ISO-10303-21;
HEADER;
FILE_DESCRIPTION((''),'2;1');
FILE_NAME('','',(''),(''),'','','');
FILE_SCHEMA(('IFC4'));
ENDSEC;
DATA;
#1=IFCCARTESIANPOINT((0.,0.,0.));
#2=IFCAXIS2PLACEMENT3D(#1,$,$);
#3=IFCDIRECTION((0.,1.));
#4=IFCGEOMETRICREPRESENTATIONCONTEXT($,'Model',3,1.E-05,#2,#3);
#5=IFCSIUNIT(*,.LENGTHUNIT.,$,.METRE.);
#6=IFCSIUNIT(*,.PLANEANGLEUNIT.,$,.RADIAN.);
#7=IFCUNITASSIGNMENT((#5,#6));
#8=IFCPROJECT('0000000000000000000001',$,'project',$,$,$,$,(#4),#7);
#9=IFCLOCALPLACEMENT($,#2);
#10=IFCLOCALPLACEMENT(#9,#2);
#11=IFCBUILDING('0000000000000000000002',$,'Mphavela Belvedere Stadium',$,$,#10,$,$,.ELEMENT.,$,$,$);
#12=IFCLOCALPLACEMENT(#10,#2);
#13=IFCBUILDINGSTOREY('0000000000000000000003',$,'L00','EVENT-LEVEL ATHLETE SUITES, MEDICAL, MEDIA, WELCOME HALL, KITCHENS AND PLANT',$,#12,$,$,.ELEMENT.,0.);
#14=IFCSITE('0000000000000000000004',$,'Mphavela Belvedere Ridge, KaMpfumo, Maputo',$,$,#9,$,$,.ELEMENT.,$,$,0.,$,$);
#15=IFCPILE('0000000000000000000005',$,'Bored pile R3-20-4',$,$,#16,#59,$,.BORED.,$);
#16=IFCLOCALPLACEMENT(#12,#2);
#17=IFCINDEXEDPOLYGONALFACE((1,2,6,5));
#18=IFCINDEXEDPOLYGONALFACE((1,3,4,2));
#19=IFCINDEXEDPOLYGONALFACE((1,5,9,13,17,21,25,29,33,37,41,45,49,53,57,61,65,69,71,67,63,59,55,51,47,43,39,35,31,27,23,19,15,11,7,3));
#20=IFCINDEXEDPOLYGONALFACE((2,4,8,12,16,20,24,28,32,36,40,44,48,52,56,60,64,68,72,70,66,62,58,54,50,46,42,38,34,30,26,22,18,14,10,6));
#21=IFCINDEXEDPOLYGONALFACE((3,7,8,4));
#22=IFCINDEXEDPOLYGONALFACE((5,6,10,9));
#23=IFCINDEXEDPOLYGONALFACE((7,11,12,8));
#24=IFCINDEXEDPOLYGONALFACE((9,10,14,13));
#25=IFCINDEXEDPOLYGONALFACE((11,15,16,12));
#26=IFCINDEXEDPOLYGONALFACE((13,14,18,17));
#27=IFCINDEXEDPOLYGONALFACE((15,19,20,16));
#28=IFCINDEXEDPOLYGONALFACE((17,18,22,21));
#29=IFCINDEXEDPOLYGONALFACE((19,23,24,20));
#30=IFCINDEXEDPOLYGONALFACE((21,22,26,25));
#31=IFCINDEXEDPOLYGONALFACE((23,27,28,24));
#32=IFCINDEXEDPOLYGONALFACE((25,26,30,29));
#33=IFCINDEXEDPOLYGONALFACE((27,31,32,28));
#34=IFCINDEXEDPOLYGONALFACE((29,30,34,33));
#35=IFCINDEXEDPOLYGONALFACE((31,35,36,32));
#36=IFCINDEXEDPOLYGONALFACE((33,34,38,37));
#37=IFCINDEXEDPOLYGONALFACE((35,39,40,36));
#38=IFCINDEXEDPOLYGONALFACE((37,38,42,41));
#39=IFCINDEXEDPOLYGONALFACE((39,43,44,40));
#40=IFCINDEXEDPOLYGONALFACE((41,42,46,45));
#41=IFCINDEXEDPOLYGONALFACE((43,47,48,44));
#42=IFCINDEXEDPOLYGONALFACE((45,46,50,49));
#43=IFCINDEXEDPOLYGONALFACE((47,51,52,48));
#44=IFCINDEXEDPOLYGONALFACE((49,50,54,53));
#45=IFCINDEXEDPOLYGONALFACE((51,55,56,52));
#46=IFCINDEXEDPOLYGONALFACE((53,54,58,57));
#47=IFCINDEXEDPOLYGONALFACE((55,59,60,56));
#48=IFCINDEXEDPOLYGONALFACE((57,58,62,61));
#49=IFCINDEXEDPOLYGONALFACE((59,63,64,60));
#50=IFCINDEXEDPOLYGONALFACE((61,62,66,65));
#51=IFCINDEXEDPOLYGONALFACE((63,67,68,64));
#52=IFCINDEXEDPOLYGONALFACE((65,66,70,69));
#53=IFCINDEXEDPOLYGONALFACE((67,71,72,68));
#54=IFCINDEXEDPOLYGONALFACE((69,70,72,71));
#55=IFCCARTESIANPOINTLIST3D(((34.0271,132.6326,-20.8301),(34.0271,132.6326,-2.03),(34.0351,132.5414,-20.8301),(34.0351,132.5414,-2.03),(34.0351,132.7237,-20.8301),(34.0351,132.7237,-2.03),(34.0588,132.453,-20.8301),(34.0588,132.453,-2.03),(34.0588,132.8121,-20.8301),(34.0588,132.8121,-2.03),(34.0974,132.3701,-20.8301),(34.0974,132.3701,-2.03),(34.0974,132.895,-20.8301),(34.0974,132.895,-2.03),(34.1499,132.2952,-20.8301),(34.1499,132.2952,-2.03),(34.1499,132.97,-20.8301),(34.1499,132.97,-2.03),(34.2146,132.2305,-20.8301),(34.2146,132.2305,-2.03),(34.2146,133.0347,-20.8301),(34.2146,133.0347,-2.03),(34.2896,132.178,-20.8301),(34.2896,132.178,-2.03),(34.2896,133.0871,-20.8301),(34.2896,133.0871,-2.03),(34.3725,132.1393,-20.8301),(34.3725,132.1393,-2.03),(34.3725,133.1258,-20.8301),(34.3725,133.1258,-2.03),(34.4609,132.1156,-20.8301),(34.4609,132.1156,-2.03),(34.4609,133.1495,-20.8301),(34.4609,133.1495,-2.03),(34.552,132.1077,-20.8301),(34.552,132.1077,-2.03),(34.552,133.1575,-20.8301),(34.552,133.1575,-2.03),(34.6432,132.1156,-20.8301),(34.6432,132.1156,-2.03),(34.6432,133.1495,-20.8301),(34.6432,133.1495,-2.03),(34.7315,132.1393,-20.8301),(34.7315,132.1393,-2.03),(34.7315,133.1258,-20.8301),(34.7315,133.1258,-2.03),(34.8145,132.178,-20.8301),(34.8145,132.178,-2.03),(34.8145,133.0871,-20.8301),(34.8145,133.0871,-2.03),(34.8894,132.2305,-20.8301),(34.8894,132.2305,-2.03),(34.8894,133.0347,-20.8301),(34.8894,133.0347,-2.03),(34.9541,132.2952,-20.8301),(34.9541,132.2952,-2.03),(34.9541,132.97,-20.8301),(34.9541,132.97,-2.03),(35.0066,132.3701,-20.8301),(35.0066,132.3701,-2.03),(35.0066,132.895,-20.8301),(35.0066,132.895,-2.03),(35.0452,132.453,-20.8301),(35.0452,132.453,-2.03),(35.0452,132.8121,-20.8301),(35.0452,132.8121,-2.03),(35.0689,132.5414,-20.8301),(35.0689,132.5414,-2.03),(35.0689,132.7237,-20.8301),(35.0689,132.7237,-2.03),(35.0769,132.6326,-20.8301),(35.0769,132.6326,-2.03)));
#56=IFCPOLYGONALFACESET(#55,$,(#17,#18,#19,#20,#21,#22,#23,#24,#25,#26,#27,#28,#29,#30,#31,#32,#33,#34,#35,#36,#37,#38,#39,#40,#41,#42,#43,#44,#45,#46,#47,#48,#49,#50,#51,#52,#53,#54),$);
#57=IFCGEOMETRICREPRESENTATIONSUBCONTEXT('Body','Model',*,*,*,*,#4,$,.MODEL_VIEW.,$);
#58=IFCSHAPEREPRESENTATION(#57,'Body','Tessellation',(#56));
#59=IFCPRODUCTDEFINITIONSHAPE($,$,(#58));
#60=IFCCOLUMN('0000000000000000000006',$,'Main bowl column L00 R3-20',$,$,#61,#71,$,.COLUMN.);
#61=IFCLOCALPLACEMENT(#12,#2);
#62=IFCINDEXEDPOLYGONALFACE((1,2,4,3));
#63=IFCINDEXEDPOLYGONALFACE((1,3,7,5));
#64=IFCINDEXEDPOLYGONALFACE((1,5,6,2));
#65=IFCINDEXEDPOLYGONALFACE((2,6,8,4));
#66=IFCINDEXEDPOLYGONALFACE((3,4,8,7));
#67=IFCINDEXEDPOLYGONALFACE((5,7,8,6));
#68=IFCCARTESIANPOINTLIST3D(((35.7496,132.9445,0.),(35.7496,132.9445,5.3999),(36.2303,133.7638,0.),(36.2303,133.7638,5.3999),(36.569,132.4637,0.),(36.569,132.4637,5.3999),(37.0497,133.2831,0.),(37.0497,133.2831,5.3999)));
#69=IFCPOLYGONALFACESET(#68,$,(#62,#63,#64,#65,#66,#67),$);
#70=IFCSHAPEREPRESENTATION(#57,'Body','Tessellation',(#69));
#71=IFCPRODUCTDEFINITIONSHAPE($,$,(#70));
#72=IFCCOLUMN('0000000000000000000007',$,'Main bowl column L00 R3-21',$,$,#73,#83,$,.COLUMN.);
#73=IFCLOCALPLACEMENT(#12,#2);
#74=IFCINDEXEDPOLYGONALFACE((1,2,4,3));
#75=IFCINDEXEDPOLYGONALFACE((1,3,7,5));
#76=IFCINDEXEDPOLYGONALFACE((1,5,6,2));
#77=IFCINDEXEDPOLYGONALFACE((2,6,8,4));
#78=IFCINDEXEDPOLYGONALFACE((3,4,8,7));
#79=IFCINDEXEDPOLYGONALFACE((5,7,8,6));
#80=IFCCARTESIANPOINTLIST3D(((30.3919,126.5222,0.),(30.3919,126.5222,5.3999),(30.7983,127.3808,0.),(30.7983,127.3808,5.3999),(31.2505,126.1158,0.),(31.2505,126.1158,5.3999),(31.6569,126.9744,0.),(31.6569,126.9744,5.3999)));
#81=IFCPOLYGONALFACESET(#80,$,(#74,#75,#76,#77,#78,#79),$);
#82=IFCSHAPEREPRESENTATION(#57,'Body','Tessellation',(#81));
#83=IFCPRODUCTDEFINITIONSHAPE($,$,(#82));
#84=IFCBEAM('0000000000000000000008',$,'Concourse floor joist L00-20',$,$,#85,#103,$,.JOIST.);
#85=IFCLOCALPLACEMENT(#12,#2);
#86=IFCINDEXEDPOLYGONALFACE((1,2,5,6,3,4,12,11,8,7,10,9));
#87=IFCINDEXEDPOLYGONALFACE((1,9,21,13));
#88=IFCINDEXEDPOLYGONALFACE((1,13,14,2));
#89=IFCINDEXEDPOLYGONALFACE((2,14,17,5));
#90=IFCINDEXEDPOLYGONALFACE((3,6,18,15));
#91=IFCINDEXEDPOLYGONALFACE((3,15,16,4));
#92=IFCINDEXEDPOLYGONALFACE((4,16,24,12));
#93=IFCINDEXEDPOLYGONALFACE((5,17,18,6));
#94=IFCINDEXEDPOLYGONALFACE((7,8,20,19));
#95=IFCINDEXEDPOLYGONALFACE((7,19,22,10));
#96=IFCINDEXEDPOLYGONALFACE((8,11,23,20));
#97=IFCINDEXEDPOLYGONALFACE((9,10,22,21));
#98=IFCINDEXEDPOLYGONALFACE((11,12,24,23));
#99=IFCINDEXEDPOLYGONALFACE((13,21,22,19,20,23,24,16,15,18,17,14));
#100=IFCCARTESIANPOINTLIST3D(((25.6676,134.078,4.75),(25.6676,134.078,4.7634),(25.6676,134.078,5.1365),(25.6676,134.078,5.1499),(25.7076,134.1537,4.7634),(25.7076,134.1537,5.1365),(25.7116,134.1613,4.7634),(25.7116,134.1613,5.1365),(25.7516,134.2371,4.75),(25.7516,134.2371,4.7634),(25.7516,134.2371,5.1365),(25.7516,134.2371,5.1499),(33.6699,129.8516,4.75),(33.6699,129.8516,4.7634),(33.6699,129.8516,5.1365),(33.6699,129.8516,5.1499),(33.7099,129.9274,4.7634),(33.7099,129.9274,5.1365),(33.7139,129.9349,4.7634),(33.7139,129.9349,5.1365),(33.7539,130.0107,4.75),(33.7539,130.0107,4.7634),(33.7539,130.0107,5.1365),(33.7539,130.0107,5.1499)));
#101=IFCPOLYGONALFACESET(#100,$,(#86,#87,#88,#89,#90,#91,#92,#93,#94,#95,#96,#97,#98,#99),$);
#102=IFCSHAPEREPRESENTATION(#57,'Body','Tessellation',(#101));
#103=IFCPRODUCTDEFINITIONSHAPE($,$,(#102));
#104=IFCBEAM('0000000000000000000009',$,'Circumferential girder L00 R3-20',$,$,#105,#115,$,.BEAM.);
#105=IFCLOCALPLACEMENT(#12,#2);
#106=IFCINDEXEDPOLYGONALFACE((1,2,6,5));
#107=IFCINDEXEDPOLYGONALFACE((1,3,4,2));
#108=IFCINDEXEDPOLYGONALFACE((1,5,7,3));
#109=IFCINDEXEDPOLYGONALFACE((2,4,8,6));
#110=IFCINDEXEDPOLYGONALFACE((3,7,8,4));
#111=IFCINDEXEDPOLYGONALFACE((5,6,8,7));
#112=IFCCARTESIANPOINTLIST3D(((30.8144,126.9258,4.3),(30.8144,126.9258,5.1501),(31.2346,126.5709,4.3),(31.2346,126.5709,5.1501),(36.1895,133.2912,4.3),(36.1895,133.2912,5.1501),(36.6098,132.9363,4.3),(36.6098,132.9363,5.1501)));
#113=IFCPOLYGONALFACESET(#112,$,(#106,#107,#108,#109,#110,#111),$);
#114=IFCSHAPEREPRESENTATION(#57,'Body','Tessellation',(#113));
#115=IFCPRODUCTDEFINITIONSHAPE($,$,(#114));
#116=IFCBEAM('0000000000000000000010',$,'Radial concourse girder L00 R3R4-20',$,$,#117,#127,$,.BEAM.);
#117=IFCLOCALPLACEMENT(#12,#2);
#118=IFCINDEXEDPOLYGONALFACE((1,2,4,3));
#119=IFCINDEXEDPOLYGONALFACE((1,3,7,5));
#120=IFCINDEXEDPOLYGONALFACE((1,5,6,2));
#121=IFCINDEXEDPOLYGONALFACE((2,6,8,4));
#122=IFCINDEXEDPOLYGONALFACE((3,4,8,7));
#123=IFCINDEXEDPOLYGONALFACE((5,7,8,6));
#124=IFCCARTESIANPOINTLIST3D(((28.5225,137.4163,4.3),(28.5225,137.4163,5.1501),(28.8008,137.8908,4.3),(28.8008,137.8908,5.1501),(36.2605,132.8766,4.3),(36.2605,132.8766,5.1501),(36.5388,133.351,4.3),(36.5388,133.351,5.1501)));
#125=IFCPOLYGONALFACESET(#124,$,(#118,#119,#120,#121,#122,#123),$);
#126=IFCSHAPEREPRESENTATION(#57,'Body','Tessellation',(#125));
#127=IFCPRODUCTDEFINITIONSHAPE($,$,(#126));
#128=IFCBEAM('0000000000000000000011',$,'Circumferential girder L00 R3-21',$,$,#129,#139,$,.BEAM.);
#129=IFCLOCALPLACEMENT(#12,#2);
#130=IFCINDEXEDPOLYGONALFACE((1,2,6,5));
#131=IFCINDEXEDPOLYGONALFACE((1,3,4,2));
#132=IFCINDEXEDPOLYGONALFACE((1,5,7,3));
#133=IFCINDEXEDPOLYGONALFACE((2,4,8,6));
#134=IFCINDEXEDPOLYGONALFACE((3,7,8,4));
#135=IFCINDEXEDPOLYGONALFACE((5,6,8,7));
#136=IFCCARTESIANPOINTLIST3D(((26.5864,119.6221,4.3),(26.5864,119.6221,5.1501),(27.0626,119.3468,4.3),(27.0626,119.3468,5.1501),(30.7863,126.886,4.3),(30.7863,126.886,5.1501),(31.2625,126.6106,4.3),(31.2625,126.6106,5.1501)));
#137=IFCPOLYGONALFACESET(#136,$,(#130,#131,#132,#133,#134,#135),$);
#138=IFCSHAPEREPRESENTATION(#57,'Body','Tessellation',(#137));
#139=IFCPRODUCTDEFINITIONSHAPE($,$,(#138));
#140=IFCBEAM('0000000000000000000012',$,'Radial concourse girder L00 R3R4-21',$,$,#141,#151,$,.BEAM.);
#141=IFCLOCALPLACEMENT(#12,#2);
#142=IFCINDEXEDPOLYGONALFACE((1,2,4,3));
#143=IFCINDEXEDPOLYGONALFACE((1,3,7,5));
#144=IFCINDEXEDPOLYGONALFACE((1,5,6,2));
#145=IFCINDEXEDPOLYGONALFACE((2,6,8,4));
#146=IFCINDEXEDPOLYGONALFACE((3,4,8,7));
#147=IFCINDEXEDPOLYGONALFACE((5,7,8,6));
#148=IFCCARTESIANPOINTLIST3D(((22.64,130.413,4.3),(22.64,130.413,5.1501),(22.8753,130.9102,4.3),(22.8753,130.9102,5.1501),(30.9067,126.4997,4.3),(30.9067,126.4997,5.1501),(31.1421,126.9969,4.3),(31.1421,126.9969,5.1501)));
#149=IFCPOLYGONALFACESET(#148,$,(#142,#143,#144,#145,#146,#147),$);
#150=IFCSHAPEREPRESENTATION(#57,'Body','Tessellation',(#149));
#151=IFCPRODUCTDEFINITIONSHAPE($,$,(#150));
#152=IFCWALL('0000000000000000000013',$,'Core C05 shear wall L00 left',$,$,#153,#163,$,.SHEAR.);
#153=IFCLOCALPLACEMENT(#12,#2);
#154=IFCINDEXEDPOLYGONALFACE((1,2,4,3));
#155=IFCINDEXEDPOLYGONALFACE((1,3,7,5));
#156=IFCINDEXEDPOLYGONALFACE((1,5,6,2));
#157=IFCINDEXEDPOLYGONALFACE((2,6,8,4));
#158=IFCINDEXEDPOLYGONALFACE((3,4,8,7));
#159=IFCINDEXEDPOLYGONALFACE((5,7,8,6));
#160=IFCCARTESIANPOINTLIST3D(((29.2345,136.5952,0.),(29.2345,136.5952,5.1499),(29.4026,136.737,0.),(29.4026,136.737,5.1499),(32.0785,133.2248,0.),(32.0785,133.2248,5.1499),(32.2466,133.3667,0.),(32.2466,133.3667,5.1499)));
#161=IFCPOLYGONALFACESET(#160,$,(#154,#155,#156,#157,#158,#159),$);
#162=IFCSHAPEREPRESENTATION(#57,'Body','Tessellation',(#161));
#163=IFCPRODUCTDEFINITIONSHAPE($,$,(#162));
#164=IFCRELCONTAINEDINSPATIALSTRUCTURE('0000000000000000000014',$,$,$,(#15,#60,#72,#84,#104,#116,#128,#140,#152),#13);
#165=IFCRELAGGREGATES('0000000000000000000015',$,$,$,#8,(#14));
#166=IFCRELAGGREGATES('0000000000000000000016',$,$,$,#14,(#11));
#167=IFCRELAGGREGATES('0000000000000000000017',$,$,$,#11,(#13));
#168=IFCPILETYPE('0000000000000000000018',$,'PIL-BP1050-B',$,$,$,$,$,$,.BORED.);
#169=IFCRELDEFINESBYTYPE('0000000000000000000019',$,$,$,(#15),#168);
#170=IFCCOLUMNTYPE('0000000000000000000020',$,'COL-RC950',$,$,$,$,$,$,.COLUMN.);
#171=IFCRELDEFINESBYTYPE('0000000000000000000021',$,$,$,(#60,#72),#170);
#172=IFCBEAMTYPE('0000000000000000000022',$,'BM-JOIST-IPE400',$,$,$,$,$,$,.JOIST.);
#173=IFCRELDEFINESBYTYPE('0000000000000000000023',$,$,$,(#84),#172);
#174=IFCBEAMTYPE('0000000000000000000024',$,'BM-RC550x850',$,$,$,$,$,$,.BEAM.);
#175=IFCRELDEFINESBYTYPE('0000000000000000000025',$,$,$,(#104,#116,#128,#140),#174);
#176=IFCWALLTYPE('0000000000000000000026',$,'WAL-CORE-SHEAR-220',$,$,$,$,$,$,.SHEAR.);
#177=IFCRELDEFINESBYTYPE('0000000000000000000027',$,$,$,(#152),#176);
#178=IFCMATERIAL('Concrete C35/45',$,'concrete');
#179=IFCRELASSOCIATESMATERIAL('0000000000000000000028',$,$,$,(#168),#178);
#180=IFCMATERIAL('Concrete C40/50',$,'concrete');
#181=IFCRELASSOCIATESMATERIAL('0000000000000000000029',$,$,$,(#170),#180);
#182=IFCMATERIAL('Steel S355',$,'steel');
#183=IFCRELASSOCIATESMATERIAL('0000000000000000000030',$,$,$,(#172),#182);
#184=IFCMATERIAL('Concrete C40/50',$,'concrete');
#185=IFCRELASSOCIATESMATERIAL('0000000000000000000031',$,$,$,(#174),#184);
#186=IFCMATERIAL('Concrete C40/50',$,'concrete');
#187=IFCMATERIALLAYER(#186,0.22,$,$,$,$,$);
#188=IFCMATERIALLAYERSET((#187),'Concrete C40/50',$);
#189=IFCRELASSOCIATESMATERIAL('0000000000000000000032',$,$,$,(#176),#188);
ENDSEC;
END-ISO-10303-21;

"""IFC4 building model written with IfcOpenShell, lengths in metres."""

from ifc_helpers import new_model, si_unit, direction, frame, frame_2d, origin, origin_2d, place, context, subcontext, project, spatial, rectangle, circle, i_section, extrude, material, layer, layer_set, material_profile, profile_set, type_object, element, save


model = new_model("IFC4")

# Units and contexts
model_context = context("Model", 3, precision=1e-05, world=origin(), true_north=direction((0.0, 1.0)))
body_context = subcontext(model_context, "Body", "Model", "MODEL_VIEW")
ifc_project = project(units=[si_unit("LENGTHUNIT", "METRE"), si_unit("PLANEANGLEUNIT", "RADIAN")], contexts=[model_context])

# Site, building, storey
site_placement = place(None, origin())
site = spatial("IfcSite", under=ifc_project, at=site_placement, Name="Mphavela Belvedere Ridge, KaMpfumo, Maputo", CompositionType="ELEMENT", RefElevation=0.0)
building_placement = place(site_placement, origin())
building = spatial("IfcBuilding", under=site, at=building_placement, Name="Mphavela Belvedere Stadium", CompositionType="ELEMENT")
storey_placement = place(building_placement, origin())
storey = spatial("IfcBuildingStorey", under=building, at=storey_placement, Name="L00", Description="EVENT-LEVEL ATHLETE SUITES, MEDICAL, MEDIA, WELCOME HALL, KITCHENS AND PLANT", CompositionType="ELEMENT", Elevation=0.0)

# Pile
ifc_material_1 = material(Name="Concrete C35/45", Category="concrete")
ifc_material_profile_1 = material_profile(ifc_material_1, circle(Radius=0.5249, at=origin_2d()), Name="BP D1050")
ifc_profile_set_1 = profile_set([ifc_material_profile_1], Name="Concrete C35/45")
pile_type_1 = type_object("IfcPileType", Name="PIL-BP1050-B", PredefinedType="BORED", material=ifc_profile_set_1)
for number, where, z_axis, x_axis, name in (
    (1, (34.552, 132.6326, -2.03), (0.0, 0.0, -1.0), (1.0, 0.0, 0.0), "Bored pile R3-20-4"),
):
    element("IfcPile", number, at=place(storey_placement, frame(where, z_axis=z_axis, x_axis=x_axis)), inside=storey, type_object=pile_type_1, Name=name, PredefinedType="BORED", context=body_context, shape_type="SweptSolid", body=[
        extrude(circle(Radius=0.5249, at=origin_2d()), origin(), (0.0, 0.0, 1.0), 18.8),
    ])

# Columns
ifc_material_2 = material(Name="Concrete C40/50", Category="concrete")
ifc_material_profile_2 = material_profile(ifc_material_2, rectangle(XDim=0.95, YDim=0.95, at=origin_2d()), Name="RC 950x950")
ifc_profile_set_2 = profile_set([ifc_material_profile_2], Name="Concrete C40/50")
column_type = type_object("IfcColumnType", Name="COL-RC950", PredefinedType="COLUMN", material=ifc_profile_set_2)
for number, where, z_axis, x_axis, name in (
    (2, (36.3997, 133.1138, 0.0), (0.0, 0.0, 1.0), (-0.862514, 0.506034, 0.0), "Main bowl column L00 R3-20"),
    (3, (31.0244, 126.7483, 0.0), (0.0, 0.0, 1.0), (-0.903859, 0.427831, 0.0), "Main bowl column L00 R3-21"),
):
    element("IfcColumn", number, at=place(storey_placement, frame(where, z_axis=z_axis, x_axis=x_axis)), inside=storey, type_object=column_type, Name=name, PredefinedType="COLUMN", context=body_context, shape_type="SweptSolid", body=[
        extrude(rectangle(XDim=0.95, YDim=0.95, at=origin_2d()), origin(), (0.0, 0.0, 1.0), 5.3999),
    ])

# Beams
ifc_material_3 = material(Name="Steel S355", Category="steel")
ifc_material_profile_3 = material_profile(ifc_material_3, i_section(OverallWidth=0.1799, OverallDepth=0.3999, WebThickness=0.0085, FlangeThickness=0.0134, at=origin_2d()), Name="IPE 400")
ifc_profile_set_3 = profile_set([ifc_material_profile_3], Name="Steel S355")
beam_type_1 = type_object("IfcBeamType", Name="BM-JOIST-IPE400", PredefinedType="JOIST", material=ifc_profile_set_3)
beam_1_placement = place(storey_placement, frame((33.7119, 129.9312, 4.95), z_axis=(-0.884251, 0.467012, 0.0), x_axis=(-0.467012, -0.884251, 0.0)))
element("IfcBeam", 4, at=beam_1_placement, inside=storey, type_object=beam_type_1, Name="Concourse floor joist L00-20", PredefinedType="JOIST", context=body_context, shape_type="SweptSolid", body=[
    extrude(i_section(OverallWidth=0.1799, OverallDepth=0.3999, WebThickness=0.0085, FlangeThickness=0.0134, at=origin_2d()), origin(), (0.0, 0.0, 1.0), 9.0498),
])
ifc_material_4 = material(Name="Concrete C40/50", Category="concrete")
ifc_material_profile_4 = material_profile(ifc_material_4, rectangle(XDim=0.55, YDim=0.8501, at=origin_2d()), Name="RC 550x850")
ifc_profile_set_4 = profile_set([ifc_material_profile_4], Name="Concrete C40/50")
beam_type_2 = type_object("IfcBeamType", Name="BM-RC550x850", PredefinedType="BEAM", material=ifc_profile_set_4)
beam_2_placement = place(storey_placement, frame((36.3997, 133.1138, 4.7251), z_axis=(-0.645177, -0.764033, 0.0), x_axis=(0.764033, -0.645177, 0.0)))
element("IfcBeam", 5, at=beam_2_placement, inside=storey, type_object=beam_type_2, Name="Circumferential girder L00 R3-20", PredefinedType="BEAM", context=body_context, shape_type="SweptSolid", body=[
    extrude(rectangle(XDim=0.55, YDim=0.8501, at=origin_2d()), origin(), (0.0, 0.0, 1.0), 8.3313),
])
beam_3_placement = place(storey_placement, frame((36.3997, 133.1138, 4.7251), z_axis=(-0.862518, 0.506027, 0.0), x_axis=(-0.506027, -0.862518, 0.0)))
element("IfcBeam", 6, at=beam_3_placement, inside=storey, type_object=beam_type_2, Name="Radial concourse girder L00 R3R4-20", PredefinedType="BEAM", context=body_context, shape_type="SweptSolid", body=[
    extrude(rectangle(XDim=0.55, YDim=0.8501, at=origin_2d()), origin(), (0.0, 0.0, 1.0), 8.9714),
])
beam_4_placement = place(storey_placement, frame((31.0244, 126.7483, 4.7251), z_axis=(-0.500548, -0.865709, 0.0), x_axis=(0.865709, -0.500548, 0.0)))
element("IfcBeam", 7, at=beam_4_placement, inside=storey, type_object=beam_type_2, Name="Circumferential girder L00 R3-21", PredefinedType="BEAM", context=body_context, shape_type="SweptSolid", body=[
    extrude(rectangle(XDim=0.55, YDim=0.8501, at=origin_2d()), origin(), (0.0, 0.0, 1.0), 8.3906),
])
beam_5_placement = place(storey_placement, frame((31.0244, 126.7483, 4.7251), z_axis=(-0.903845, 0.427859, 0.0), x_axis=(-0.427859, -0.903845, 0.0)))
element("IfcBeam", 8, at=beam_5_placement, inside=storey, type_object=beam_type_2, Name="Radial concourse girder L00 R3R4-21", PredefinedType="BEAM", context=body_context, shape_type="SweptSolid", body=[
    extrude(rectangle(XDim=0.55, YDim=0.8501, at=origin_2d()), origin(), (0.0, 0.0, 1.0), 9.1462),
])

# Wall
ifc_material_5 = material(Name="Concrete C40/50", Category="concrete")
ifc_layer_1 = layer(ifc_material_5, 0.22)
ifc_layer_set_1 = layer_set([ifc_layer_1], Name="Concrete C40/50")
wall_type_1 = type_object("IfcWallType", Name="WAL-CORE-SHEAR-220", PredefinedType="SHEAR", material=ifc_layer_set_1)
wall_1_placement = place(storey_placement, frame((32.1626, 133.2957, 0.0), z_axis=(0.0, 0.0, 1.0), x_axis=(-0.644904, 0.764263, 0.0)))
element("IfcWall", 9, at=wall_1_placement, inside=storey, type_object=wall_type_1, Name="Core C05 shear wall L00 left", PredefinedType="SHEAR", context=body_context, shape_type="SweptSolid", body=[
    extrude(rectangle(XDim=4.4099, YDim=0.22, at=frame_2d((2.2051, 0.0))), origin(), (0.0, 0.0, 1.0), 5.1499),
])

save(model, "model.ifc")
